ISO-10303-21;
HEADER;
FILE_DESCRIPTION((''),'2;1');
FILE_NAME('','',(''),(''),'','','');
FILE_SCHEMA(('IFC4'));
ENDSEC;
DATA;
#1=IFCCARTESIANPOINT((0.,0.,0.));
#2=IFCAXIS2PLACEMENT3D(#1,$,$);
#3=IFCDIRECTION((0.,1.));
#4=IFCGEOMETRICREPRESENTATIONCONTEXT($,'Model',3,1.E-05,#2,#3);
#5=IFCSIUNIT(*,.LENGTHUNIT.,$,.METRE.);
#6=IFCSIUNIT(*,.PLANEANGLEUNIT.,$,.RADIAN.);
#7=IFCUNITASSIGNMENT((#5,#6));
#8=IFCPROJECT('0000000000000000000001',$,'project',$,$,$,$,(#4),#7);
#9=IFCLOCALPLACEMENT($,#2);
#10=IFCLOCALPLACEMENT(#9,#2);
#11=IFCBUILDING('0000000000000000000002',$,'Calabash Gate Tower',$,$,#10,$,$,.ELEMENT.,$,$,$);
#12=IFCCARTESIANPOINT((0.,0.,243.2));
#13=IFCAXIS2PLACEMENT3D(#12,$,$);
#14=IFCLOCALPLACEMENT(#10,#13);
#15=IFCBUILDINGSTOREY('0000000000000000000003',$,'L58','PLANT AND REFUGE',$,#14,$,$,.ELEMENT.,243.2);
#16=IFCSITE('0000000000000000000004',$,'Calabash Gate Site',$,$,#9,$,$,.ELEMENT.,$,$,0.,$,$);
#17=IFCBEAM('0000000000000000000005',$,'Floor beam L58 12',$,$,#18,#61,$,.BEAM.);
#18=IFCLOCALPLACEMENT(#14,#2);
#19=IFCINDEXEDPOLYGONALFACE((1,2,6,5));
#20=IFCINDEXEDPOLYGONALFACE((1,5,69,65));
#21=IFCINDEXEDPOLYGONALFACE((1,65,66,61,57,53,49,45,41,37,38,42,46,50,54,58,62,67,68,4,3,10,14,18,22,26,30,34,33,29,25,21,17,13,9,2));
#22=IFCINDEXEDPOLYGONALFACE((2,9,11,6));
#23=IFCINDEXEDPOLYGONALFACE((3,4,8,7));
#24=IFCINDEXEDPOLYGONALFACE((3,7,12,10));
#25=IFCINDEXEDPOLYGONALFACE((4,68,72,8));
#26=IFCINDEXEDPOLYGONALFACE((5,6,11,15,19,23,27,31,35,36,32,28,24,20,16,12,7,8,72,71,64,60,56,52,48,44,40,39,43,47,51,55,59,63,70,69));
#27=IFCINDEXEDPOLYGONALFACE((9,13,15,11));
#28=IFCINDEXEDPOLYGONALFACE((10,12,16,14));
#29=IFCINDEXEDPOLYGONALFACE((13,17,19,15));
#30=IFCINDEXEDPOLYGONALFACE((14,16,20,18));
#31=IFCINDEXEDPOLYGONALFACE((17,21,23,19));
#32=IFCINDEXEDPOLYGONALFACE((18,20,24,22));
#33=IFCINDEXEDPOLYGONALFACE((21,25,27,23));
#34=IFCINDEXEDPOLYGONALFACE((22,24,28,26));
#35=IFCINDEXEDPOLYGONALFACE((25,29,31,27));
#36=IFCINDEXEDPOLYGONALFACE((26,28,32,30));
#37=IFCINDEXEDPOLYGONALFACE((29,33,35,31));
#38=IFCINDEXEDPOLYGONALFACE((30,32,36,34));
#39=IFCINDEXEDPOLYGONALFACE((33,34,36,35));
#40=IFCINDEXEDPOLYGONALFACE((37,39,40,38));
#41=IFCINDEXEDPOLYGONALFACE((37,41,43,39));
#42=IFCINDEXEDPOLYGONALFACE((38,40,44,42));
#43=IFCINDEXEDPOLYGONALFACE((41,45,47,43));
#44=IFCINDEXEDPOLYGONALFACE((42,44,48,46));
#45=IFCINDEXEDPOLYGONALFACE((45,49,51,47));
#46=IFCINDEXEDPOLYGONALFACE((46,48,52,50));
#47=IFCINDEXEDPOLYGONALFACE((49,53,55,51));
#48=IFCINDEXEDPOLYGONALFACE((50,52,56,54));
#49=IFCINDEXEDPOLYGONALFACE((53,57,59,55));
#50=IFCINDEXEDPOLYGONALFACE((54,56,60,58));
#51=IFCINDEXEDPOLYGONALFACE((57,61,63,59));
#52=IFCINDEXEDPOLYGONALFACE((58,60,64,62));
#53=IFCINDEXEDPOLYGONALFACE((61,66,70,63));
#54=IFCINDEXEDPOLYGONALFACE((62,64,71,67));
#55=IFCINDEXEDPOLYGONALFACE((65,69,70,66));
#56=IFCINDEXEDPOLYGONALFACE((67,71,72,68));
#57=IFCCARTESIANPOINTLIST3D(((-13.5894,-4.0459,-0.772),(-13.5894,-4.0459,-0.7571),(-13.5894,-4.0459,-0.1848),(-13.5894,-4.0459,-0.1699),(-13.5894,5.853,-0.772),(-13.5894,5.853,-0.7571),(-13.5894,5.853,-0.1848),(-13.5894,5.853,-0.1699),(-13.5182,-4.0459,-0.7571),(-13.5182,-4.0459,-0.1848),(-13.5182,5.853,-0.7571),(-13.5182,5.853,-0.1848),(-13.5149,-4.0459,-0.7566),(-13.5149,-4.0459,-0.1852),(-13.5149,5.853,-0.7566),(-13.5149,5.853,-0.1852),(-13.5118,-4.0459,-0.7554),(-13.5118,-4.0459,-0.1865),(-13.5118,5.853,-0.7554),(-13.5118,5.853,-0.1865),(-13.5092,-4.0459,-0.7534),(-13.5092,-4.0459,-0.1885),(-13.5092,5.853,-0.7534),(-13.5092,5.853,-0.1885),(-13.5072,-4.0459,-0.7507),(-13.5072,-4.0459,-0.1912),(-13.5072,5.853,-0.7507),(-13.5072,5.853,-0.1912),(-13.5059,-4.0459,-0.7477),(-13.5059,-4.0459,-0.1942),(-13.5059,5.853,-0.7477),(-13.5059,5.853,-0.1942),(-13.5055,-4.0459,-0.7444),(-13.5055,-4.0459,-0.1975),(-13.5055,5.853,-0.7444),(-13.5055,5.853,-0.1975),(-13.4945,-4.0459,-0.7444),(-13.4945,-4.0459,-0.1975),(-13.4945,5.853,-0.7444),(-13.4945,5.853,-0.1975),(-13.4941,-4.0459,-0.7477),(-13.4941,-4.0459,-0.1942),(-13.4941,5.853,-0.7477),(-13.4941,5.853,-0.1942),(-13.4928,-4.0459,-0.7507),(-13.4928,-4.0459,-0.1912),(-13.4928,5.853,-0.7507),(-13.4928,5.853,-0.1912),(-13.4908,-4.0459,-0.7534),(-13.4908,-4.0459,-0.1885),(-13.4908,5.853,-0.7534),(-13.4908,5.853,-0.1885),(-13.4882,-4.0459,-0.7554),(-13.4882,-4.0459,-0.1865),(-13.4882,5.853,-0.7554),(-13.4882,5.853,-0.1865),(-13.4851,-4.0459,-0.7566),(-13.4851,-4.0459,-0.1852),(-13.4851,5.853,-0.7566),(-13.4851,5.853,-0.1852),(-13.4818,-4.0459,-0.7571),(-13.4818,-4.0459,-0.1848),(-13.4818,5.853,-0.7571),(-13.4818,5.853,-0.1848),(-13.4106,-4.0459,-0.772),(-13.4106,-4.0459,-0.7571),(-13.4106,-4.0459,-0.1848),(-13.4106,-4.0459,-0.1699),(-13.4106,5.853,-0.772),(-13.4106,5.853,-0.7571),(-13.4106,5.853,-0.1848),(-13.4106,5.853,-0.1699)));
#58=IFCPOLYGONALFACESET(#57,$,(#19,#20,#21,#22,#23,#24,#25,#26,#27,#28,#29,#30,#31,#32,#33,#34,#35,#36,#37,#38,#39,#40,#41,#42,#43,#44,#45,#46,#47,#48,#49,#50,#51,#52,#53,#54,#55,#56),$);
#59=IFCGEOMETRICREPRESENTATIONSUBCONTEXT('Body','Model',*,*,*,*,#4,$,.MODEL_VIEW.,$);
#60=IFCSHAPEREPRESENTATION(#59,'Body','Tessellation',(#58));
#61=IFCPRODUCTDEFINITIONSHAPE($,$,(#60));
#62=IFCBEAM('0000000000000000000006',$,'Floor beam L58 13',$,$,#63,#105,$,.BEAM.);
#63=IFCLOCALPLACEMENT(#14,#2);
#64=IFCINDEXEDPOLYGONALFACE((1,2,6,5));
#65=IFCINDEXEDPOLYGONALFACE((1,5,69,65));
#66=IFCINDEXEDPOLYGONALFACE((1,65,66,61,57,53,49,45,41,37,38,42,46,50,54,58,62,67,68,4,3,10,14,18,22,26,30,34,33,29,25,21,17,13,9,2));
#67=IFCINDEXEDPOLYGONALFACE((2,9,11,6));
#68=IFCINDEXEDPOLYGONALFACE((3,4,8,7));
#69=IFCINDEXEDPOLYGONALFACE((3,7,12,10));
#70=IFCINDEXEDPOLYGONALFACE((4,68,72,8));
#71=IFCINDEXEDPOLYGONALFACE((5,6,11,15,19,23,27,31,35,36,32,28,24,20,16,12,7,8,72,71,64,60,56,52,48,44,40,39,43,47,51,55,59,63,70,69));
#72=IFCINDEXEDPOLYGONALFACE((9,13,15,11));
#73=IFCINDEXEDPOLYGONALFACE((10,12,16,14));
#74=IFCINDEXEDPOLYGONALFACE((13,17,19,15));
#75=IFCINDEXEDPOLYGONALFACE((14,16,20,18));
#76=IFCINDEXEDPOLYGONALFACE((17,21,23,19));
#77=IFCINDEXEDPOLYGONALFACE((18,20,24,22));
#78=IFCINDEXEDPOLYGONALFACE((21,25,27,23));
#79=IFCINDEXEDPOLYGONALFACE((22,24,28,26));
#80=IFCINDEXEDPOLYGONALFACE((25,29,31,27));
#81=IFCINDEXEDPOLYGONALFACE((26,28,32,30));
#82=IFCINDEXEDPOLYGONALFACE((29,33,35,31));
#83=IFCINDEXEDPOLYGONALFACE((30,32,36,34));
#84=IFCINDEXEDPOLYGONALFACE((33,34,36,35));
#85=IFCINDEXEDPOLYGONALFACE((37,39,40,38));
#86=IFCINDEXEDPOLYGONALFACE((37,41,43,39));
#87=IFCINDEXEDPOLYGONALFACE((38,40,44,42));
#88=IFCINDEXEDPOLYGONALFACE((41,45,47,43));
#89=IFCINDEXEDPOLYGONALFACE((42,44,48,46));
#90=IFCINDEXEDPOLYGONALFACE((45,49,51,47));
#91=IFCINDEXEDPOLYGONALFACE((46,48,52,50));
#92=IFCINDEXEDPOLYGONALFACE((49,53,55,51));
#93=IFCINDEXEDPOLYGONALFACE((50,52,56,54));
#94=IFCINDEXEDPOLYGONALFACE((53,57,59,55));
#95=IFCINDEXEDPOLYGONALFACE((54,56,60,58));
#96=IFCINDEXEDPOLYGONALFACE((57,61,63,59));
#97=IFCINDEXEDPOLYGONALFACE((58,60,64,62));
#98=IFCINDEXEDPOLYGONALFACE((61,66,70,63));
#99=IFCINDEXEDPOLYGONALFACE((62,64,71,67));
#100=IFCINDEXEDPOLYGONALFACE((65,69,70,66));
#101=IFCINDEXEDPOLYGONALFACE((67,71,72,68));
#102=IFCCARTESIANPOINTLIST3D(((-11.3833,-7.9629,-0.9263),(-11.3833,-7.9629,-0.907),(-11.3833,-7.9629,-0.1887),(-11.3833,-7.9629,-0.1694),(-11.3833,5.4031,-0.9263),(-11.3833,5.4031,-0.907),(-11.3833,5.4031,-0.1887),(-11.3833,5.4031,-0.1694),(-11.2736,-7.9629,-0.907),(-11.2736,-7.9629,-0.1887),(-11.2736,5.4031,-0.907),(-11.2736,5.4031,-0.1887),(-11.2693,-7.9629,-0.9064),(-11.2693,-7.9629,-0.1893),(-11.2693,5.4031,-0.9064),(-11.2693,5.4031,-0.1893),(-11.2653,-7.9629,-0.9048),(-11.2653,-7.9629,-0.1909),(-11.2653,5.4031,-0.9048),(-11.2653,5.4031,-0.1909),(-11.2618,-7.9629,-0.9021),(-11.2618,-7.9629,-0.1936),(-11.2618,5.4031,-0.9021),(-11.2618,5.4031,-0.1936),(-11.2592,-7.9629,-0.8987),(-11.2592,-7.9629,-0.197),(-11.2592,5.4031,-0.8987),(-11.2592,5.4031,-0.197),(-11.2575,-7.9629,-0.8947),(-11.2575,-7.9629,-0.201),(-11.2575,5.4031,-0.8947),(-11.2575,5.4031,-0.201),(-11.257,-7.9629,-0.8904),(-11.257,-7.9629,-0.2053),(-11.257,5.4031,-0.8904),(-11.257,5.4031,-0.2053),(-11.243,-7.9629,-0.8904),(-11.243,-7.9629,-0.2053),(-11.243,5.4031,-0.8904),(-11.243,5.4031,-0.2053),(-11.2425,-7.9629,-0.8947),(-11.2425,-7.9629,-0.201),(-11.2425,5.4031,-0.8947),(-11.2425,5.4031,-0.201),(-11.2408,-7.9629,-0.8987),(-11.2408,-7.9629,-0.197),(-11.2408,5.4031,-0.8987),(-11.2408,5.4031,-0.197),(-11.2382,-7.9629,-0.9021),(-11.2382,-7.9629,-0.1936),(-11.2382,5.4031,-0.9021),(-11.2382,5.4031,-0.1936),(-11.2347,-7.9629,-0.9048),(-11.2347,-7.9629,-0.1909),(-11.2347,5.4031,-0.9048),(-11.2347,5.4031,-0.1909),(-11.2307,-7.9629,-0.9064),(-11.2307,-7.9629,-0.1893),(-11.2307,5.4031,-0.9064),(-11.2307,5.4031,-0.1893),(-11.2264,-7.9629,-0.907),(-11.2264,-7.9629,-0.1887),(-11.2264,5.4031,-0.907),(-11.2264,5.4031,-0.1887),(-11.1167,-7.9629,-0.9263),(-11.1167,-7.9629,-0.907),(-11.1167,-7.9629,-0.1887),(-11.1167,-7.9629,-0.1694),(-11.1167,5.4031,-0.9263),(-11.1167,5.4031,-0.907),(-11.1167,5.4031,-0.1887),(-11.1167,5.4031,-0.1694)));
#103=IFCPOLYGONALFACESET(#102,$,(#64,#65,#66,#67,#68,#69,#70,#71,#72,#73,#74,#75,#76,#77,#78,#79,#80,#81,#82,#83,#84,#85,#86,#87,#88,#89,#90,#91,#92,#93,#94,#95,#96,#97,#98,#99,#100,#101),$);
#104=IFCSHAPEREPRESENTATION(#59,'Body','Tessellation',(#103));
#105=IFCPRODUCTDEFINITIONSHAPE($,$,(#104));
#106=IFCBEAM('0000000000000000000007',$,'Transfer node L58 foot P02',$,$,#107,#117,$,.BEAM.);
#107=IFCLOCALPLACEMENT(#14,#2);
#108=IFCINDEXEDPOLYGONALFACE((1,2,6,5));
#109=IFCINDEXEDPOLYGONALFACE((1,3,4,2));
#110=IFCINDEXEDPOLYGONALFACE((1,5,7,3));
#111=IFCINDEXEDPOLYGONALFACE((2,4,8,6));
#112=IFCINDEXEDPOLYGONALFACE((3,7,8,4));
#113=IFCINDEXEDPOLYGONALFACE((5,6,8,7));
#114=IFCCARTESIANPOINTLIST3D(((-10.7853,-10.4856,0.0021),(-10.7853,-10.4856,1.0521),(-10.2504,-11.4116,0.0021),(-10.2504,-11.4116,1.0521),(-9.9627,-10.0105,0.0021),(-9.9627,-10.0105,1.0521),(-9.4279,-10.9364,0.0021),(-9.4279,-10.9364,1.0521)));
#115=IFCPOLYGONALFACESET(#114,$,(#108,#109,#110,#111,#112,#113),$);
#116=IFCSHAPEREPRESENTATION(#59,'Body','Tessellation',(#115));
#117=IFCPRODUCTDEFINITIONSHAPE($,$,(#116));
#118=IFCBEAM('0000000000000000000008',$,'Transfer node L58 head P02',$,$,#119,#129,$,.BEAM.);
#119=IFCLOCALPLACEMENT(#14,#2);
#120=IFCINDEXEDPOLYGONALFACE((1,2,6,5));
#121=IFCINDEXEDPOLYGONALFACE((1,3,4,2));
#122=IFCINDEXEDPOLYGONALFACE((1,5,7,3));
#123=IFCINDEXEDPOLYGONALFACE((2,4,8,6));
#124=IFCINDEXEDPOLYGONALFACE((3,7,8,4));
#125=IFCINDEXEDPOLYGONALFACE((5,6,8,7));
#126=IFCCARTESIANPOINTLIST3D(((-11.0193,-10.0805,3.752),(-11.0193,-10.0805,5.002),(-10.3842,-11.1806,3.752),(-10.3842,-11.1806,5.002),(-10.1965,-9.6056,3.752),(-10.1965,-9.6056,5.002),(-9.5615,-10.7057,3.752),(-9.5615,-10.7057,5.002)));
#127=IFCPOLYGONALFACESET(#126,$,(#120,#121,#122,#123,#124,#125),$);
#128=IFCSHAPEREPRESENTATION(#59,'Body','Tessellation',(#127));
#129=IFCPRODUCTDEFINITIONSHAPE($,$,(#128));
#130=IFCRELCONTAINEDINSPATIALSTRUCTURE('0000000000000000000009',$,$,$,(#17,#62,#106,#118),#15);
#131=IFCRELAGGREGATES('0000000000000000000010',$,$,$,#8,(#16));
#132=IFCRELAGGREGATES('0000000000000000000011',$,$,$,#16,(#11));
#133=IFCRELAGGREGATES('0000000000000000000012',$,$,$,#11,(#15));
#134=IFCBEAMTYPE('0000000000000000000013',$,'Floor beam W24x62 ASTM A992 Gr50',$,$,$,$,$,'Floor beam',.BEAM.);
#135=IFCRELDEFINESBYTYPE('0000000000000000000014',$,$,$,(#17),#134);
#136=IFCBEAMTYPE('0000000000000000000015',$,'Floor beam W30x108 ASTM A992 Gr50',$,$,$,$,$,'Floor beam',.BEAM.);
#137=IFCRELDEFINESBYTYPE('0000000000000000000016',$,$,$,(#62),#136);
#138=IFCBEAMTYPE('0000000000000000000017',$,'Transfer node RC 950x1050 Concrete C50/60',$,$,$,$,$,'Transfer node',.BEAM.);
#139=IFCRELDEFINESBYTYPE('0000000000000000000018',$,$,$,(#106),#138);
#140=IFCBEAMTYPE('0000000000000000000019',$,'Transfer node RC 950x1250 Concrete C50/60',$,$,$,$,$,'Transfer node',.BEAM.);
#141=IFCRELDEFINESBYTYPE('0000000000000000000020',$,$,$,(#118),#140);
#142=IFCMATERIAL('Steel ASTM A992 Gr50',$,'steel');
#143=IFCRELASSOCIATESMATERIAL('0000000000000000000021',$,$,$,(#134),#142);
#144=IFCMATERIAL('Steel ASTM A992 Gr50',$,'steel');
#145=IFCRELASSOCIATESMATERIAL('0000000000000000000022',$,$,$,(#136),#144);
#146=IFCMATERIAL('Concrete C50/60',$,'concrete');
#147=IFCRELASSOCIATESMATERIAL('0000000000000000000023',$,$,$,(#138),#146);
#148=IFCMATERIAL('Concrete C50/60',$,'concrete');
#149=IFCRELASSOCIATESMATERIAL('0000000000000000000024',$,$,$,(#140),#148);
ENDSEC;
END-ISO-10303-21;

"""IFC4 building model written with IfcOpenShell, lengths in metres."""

from ifc_helpers import new_model, si_unit, direction, frame, origin, origin_2d, place, context, subcontext, project, spatial, rectangle, i_section, extrude, material, material_profile, profile_set, type_object, element, save


model = new_model("IFC4")

# Units and contexts
model_context = context("Model", 3, precision=1e-05, world=origin(), true_north=direction((0.0, 1.0)))
body_context = subcontext(model_context, "Body", "Model", "MODEL_VIEW")
ifc_project = project(units=[si_unit("LENGTHUNIT", "METRE"), si_unit("PLANEANGLEUNIT", "RADIAN")], contexts=[model_context])

# Site, building, storey
site_placement = place(None, origin())
site = spatial("IfcSite", under=ifc_project, at=site_placement, Name="Calabash Gate Site", CompositionType="ELEMENT", RefElevation=0.0)
building_placement = place(site_placement, origin())
building = spatial("IfcBuilding", under=site, at=building_placement, Name="Calabash Gate Tower", CompositionType="ELEMENT")
storey_placement = place(building_placement, frame((0.0, 0.0, 243.2)))
storey = spatial("IfcBuildingStorey", under=building, at=storey_placement, Name="L58", Description="PLANT AND REFUGE", CompositionType="ELEMENT", Elevation=243.2)

# Beams
ifc_material_1 = material(Name="Steel ASTM A992 Gr50", Category="steel")
ifc_material_profile_1 = material_profile(ifc_material_1, i_section(OverallWidth=0.1787, OverallDepth=0.6021, WebThickness=0.011, FlangeThickness=0.0149, FilletRadius=0.0127, at=origin_2d()))
ifc_profile_set_1 = profile_set([ifc_material_profile_1], Name="Steel ASTM A992 Gr50")
beam_type_1 = type_object("IfcBeamType", Name="Floor beam W24x62 ASTM A992 Gr50", ElementType="Floor beam", PredefinedType="BEAM", material=ifc_profile_set_1)
beam_1_placement = place(storey_placement, frame((-13.5, -4.0459, -0.4709), z_axis=(0.0, 1.0, 0.0), x_axis=(-1.0, 0.0, 0.0)))
element("IfcBeam", 1, at=beam_1_placement, inside=storey, type_object=beam_type_1, Name="Floor beam L58 12", PredefinedType="BEAM", context=body_context, shape_type="SweptSolid", body=[
    extrude(i_section(OverallWidth=0.1787, OverallDepth=0.6021, WebThickness=0.011, FlangeThickness=0.0149, FilletRadius=0.0127, at=origin_2d()), origin(), (0.0, 0.0, 1.0), 9.8989),
])
ifc_material_2 = material(Name="Steel ASTM A992 Gr50", Category="steel")
ifc_material_profile_2 = material_profile(ifc_material_2, i_section(OverallWidth=0.2666, OverallDepth=0.7568, WebThickness=0.0139, FlangeThickness=0.0193, FilletRadius=0.0166, at=origin_2d()))
ifc_profile_set_2 = profile_set([ifc_material_profile_2], Name="Steel ASTM A992 Gr50")
beam_type_2 = type_object("IfcBeamType", Name="Floor beam W30x108 ASTM A992 Gr50", ElementType="Floor beam", PredefinedType="BEAM", material=ifc_profile_set_2)
beam_2_placement = place(storey_placement, frame((-11.25, -7.9629, -0.5479), z_axis=(0.0, 1.0, 0.0), x_axis=(-1.0, 0.0, 0.0)))
element("IfcBeam", 2, at=beam_2_placement, inside=storey, type_object=beam_type_2, Name="Floor beam L58 13", PredefinedType="BEAM", context=body_context, shape_type="SweptSolid", body=[
    extrude(i_section(OverallWidth=0.2666, OverallDepth=0.7568, WebThickness=0.0139, FlangeThickness=0.0193, FilletRadius=0.0166, at=origin_2d()), origin(), (0.0, 0.0, 1.0), 13.366),
])
ifc_material_3 = material(Name="Concrete C50/60", Category="concrete")
ifc_material_profile_3 = material_profile(ifc_material_3, rectangle(XDim=0.95, YDim=1.05, at=origin_2d()))
ifc_profile_set_3 = profile_set([ifc_material_profile_3], Name="Concrete C50/60")
beam_type_3 = type_object("IfcBeamType", Name="Transfer node RC 950x1050 Concrete C50/60", ElementType="Transfer node", PredefinedType="BEAM", material=ifc_profile_set_3)
beam_3_placement = place(storey_placement, frame((-10.374, -10.248, 0.5271), z_axis=(0.50019, -0.865916, 0.0), x_axis=(0.865916, 0.50019, 0.0)))
element("IfcBeam", 3, at=beam_3_placement, inside=storey, type_object=beam_type_3, Name="Transfer node L58 foot P02", PredefinedType="BEAM", context=body_context, shape_type="SweptSolid", body=[
    extrude(rectangle(XDim=0.95, YDim=1.05, at=origin_2d()), origin(), (0.0, 0.0, 1.0), 1.0693),
])
ifc_material_4 = material(Name="Concrete C50/60", Category="concrete")
ifc_material_profile_4 = material_profile(ifc_material_4, rectangle(XDim=0.95, YDim=1.25, at=origin_2d()))
ifc_profile_set_4 = profile_set([ifc_material_profile_4], Name="Concrete C50/60")
beam_type_4 = type_object("IfcBeamType", Name="Transfer node RC 950x1250 Concrete C50/60", ElementType="Transfer node", PredefinedType="BEAM", material=ifc_profile_set_4)
beam_4_placement = place(storey_placement, frame((-10.6079, -9.843, 4.377), z_axis=(0.499922, -0.86607, 0.0), x_axis=(0.86607, 0.499922, 0.0)))
element("IfcBeam", 4, at=beam_4_placement, inside=storey, type_object=beam_type_4, Name="Transfer node L58 head P02", PredefinedType="BEAM", context=body_context, shape_type="SweptSolid", body=[
    extrude(rectangle(XDim=0.95, YDim=1.25, at=origin_2d()), origin(), (0.0, 0.0, 1.0), 1.2703),
])

save(model, "model.ifc")
